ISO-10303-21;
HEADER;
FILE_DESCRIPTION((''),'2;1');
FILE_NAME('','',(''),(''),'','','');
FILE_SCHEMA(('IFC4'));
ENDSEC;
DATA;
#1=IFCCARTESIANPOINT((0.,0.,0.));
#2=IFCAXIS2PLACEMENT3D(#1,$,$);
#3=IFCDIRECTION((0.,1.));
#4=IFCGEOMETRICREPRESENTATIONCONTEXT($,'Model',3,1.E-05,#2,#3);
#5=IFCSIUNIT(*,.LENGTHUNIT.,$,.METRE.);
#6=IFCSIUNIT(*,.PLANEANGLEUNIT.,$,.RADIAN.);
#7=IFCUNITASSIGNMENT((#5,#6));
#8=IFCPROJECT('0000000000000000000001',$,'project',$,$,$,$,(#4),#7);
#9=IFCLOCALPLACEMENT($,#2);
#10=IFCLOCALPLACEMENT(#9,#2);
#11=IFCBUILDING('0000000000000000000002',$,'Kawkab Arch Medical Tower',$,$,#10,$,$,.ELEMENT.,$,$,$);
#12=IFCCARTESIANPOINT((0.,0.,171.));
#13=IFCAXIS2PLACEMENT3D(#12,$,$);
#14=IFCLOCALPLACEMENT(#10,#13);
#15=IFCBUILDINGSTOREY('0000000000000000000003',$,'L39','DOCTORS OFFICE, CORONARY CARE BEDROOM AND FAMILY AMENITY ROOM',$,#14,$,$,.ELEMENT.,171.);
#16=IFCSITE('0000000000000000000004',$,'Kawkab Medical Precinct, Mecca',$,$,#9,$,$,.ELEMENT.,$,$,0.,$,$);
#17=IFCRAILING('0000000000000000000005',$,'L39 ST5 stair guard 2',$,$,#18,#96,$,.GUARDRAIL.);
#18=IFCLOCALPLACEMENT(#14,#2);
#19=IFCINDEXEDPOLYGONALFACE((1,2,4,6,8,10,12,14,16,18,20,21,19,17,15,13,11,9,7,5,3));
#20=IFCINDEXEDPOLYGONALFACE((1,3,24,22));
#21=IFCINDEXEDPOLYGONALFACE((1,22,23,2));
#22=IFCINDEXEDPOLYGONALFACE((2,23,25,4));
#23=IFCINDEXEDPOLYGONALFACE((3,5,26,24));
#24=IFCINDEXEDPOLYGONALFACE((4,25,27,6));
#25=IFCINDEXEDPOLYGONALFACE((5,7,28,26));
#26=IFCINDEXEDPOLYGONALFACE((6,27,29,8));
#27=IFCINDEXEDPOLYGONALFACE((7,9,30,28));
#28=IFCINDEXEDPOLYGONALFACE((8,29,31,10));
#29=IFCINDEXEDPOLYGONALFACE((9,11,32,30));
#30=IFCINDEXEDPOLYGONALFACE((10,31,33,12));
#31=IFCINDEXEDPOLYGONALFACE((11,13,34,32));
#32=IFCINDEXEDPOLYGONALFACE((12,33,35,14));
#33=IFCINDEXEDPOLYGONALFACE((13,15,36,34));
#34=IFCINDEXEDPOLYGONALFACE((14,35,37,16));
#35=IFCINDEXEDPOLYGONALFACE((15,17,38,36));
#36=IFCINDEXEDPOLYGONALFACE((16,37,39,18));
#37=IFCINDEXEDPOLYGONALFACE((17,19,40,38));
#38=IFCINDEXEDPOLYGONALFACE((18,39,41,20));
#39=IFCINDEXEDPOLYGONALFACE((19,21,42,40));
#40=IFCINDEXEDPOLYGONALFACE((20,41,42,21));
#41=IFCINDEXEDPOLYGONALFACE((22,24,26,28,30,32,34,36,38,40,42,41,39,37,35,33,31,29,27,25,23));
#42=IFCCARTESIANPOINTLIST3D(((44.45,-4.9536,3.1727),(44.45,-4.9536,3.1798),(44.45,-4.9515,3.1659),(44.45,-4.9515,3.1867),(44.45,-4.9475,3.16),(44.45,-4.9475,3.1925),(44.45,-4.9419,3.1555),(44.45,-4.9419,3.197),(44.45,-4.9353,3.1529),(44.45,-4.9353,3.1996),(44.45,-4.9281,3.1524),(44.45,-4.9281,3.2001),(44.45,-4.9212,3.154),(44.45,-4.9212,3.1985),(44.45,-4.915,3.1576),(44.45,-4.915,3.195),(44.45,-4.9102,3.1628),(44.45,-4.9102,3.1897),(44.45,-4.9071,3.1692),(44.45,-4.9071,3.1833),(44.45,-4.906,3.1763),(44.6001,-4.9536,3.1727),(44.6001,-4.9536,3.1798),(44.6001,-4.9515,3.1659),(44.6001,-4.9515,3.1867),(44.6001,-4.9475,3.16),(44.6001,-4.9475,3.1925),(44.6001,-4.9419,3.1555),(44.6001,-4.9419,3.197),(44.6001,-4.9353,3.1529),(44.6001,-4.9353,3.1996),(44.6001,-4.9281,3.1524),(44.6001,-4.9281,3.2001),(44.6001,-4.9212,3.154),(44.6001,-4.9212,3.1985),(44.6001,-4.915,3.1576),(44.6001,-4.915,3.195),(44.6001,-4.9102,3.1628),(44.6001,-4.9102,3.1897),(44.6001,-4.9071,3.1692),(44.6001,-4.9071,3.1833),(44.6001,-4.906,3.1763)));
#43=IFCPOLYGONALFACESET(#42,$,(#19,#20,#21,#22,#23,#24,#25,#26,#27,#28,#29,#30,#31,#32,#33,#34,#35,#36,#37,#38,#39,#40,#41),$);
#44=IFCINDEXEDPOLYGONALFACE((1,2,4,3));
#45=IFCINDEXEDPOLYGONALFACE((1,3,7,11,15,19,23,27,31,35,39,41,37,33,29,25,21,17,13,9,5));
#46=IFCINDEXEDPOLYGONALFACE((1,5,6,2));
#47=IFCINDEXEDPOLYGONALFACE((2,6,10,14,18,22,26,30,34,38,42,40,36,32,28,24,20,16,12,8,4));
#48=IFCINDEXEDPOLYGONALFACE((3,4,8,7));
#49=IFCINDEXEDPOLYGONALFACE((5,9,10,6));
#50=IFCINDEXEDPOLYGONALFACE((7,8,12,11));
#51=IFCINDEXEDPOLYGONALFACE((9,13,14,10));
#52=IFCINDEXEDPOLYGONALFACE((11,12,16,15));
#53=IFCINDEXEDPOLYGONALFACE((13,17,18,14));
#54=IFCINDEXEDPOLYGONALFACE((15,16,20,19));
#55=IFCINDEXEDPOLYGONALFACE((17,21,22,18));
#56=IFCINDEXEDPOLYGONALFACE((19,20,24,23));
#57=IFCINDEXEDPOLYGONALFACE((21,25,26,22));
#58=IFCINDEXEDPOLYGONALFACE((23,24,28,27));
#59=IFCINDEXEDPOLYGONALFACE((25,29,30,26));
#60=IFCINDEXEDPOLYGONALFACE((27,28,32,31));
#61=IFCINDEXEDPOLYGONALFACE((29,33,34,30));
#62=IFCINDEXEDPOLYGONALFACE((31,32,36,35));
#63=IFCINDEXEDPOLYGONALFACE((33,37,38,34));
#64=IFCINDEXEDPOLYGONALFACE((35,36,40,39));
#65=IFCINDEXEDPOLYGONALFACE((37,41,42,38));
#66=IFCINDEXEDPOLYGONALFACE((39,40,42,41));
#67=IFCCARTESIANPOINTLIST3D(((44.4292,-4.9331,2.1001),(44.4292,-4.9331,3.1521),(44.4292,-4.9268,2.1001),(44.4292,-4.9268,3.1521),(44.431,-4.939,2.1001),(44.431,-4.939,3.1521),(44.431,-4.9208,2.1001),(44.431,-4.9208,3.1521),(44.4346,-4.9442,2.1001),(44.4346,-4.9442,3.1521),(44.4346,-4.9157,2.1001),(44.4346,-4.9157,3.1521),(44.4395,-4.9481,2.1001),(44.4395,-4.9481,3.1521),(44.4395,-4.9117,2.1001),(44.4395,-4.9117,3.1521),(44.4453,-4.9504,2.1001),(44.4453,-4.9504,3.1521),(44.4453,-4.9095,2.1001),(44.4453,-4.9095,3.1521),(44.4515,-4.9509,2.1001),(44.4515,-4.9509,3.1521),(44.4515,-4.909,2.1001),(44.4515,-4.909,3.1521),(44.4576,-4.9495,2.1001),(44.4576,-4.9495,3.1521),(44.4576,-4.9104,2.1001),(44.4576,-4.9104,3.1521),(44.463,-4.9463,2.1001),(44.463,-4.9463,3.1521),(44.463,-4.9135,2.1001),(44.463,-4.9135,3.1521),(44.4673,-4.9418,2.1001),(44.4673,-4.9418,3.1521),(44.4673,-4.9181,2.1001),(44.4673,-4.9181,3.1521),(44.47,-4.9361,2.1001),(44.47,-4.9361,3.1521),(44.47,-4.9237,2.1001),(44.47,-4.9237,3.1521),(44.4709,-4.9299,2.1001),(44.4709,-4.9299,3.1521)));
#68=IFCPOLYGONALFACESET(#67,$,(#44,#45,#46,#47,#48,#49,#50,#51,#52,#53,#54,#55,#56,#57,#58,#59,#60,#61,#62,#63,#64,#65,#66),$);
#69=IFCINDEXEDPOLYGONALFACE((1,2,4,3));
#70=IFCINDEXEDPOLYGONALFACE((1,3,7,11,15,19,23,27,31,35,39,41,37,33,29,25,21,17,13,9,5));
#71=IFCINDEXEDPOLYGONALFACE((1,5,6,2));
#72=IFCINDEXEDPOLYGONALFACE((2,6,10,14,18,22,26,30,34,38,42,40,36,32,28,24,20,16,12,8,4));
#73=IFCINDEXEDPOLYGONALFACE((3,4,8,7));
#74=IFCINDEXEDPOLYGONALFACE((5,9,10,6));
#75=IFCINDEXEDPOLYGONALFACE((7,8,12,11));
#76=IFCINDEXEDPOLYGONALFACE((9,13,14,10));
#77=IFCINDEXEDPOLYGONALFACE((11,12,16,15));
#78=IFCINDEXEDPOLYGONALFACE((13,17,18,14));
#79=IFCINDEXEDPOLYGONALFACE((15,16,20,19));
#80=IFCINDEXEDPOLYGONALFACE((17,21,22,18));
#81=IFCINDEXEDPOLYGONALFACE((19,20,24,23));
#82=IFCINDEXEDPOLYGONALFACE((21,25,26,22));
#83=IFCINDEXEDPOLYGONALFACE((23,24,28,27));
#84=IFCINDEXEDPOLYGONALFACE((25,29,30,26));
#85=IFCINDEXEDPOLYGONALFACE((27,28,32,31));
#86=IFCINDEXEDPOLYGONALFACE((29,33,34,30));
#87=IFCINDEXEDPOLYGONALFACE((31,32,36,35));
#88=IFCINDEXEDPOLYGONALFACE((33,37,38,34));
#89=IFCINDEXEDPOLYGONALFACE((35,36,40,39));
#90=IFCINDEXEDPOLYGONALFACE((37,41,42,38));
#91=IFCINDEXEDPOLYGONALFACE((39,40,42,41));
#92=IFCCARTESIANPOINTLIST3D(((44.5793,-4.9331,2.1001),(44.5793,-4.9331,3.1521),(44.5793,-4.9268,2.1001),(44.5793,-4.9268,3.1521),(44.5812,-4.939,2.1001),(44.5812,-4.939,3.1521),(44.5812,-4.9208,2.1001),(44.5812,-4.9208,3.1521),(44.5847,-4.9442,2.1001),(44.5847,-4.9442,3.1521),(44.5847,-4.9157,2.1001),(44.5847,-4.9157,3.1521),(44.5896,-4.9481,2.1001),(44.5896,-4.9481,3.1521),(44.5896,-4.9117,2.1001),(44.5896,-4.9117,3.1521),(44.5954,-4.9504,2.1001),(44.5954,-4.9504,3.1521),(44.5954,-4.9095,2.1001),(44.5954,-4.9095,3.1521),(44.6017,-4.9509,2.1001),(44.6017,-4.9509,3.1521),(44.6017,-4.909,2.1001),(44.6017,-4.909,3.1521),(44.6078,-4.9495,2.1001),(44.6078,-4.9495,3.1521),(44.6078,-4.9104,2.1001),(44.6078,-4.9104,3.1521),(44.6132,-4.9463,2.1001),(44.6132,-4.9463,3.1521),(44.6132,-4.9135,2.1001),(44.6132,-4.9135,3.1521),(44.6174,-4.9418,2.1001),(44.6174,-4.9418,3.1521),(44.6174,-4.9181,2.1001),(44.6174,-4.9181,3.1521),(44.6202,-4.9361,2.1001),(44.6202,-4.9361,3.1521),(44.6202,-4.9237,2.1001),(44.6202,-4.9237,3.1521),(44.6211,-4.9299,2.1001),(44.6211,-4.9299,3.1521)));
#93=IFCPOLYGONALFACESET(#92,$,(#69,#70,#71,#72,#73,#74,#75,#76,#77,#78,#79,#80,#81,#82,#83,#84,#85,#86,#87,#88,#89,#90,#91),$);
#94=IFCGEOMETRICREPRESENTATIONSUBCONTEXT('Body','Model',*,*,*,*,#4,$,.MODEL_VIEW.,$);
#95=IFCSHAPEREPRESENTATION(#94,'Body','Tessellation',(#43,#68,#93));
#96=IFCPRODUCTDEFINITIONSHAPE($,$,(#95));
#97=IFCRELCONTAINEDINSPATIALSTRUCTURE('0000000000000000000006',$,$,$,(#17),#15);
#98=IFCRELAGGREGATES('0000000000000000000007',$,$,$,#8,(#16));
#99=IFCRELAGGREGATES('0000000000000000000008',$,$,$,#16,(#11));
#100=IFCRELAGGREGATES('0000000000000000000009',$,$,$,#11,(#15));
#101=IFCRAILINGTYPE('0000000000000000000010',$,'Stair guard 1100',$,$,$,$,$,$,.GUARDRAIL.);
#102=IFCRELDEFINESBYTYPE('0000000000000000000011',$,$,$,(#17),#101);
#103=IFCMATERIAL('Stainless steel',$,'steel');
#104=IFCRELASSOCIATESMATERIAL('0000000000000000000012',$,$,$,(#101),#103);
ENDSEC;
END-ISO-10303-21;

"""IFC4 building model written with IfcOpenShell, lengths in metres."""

from ifc_helpers import new_model, si_unit, direction, frame, origin, origin_2d, place, context, subcontext, project, spatial, circle, extrude, material, type_object, element, save


model = new_model("IFC4")

# Units and contexts
model_context = context("Model", 3, precision=1e-05, world=origin(), true_north=direction((0.0, 1.0)))
body_context = subcontext(model_context, "Body", "Model", "MODEL_VIEW")
ifc_project = project(units=[si_unit("LENGTHUNIT", "METRE"), si_unit("PLANEANGLEUNIT", "RADIAN")], contexts=[model_context])

# Site, building, storey
site_placement = place(None, origin())
site = spatial("IfcSite", under=ifc_project, at=site_placement, Name="Kawkab Medical Precinct, Mecca", CompositionType="ELEMENT", RefElevation=0.0)
building_placement = place(site_placement, origin())
building = spatial("IfcBuilding", under=site, at=building_placement, Name="Kawkab Arch Medical Tower", CompositionType="ELEMENT")
storey_placement = place(building_placement, frame((0.0, 0.0, 171.0)))
storey = spatial("IfcBuildingStorey", under=building, at=storey_placement, Name="L39", Description="DOCTORS OFFICE, CORONARY CARE BEDROOM AND FAMILY AMENITY ROOM", CompositionType="ELEMENT", Elevation=171.0)

# Railing
ifc_material_1 = material(Name="Stainless steel", Category="steel")
railing_type = type_object("IfcRailingType", Name="Stair guard 1100", PredefinedType="GUARDRAIL", material=ifc_material_1)
railing_1_placement = place(storey_placement, frame((44.45, -4.9299, 2.1001)))
element("IfcRailing", 1, at=railing_1_placement, inside=storey, type_object=railing_type, Name="L39 ST5 stair guard 2", PredefinedType="GUARDRAIL", context=body_context, shape_type="SweptSolid", body=[
    extrude(circle(Radius=0.0239, at=origin_2d()), frame((0.0, 0.0, 1.0762), z_axis=(1.0, 0.0, 0.0), x_axis=(0.0, 1.0, 0.0)), (0.0, 0.0, 1.0), 0.1501),
    extrude(circle(Radius=0.021, at=origin_2d()), origin(), (0.0, 0.0, 1.0), 1.052),
    extrude(circle(Radius=0.021, at=origin_2d()), frame((0.1501, 0.0, 0.0)), (0.0, 0.0, 1.0), 1.052),
])

save(model, "model.ifc")
